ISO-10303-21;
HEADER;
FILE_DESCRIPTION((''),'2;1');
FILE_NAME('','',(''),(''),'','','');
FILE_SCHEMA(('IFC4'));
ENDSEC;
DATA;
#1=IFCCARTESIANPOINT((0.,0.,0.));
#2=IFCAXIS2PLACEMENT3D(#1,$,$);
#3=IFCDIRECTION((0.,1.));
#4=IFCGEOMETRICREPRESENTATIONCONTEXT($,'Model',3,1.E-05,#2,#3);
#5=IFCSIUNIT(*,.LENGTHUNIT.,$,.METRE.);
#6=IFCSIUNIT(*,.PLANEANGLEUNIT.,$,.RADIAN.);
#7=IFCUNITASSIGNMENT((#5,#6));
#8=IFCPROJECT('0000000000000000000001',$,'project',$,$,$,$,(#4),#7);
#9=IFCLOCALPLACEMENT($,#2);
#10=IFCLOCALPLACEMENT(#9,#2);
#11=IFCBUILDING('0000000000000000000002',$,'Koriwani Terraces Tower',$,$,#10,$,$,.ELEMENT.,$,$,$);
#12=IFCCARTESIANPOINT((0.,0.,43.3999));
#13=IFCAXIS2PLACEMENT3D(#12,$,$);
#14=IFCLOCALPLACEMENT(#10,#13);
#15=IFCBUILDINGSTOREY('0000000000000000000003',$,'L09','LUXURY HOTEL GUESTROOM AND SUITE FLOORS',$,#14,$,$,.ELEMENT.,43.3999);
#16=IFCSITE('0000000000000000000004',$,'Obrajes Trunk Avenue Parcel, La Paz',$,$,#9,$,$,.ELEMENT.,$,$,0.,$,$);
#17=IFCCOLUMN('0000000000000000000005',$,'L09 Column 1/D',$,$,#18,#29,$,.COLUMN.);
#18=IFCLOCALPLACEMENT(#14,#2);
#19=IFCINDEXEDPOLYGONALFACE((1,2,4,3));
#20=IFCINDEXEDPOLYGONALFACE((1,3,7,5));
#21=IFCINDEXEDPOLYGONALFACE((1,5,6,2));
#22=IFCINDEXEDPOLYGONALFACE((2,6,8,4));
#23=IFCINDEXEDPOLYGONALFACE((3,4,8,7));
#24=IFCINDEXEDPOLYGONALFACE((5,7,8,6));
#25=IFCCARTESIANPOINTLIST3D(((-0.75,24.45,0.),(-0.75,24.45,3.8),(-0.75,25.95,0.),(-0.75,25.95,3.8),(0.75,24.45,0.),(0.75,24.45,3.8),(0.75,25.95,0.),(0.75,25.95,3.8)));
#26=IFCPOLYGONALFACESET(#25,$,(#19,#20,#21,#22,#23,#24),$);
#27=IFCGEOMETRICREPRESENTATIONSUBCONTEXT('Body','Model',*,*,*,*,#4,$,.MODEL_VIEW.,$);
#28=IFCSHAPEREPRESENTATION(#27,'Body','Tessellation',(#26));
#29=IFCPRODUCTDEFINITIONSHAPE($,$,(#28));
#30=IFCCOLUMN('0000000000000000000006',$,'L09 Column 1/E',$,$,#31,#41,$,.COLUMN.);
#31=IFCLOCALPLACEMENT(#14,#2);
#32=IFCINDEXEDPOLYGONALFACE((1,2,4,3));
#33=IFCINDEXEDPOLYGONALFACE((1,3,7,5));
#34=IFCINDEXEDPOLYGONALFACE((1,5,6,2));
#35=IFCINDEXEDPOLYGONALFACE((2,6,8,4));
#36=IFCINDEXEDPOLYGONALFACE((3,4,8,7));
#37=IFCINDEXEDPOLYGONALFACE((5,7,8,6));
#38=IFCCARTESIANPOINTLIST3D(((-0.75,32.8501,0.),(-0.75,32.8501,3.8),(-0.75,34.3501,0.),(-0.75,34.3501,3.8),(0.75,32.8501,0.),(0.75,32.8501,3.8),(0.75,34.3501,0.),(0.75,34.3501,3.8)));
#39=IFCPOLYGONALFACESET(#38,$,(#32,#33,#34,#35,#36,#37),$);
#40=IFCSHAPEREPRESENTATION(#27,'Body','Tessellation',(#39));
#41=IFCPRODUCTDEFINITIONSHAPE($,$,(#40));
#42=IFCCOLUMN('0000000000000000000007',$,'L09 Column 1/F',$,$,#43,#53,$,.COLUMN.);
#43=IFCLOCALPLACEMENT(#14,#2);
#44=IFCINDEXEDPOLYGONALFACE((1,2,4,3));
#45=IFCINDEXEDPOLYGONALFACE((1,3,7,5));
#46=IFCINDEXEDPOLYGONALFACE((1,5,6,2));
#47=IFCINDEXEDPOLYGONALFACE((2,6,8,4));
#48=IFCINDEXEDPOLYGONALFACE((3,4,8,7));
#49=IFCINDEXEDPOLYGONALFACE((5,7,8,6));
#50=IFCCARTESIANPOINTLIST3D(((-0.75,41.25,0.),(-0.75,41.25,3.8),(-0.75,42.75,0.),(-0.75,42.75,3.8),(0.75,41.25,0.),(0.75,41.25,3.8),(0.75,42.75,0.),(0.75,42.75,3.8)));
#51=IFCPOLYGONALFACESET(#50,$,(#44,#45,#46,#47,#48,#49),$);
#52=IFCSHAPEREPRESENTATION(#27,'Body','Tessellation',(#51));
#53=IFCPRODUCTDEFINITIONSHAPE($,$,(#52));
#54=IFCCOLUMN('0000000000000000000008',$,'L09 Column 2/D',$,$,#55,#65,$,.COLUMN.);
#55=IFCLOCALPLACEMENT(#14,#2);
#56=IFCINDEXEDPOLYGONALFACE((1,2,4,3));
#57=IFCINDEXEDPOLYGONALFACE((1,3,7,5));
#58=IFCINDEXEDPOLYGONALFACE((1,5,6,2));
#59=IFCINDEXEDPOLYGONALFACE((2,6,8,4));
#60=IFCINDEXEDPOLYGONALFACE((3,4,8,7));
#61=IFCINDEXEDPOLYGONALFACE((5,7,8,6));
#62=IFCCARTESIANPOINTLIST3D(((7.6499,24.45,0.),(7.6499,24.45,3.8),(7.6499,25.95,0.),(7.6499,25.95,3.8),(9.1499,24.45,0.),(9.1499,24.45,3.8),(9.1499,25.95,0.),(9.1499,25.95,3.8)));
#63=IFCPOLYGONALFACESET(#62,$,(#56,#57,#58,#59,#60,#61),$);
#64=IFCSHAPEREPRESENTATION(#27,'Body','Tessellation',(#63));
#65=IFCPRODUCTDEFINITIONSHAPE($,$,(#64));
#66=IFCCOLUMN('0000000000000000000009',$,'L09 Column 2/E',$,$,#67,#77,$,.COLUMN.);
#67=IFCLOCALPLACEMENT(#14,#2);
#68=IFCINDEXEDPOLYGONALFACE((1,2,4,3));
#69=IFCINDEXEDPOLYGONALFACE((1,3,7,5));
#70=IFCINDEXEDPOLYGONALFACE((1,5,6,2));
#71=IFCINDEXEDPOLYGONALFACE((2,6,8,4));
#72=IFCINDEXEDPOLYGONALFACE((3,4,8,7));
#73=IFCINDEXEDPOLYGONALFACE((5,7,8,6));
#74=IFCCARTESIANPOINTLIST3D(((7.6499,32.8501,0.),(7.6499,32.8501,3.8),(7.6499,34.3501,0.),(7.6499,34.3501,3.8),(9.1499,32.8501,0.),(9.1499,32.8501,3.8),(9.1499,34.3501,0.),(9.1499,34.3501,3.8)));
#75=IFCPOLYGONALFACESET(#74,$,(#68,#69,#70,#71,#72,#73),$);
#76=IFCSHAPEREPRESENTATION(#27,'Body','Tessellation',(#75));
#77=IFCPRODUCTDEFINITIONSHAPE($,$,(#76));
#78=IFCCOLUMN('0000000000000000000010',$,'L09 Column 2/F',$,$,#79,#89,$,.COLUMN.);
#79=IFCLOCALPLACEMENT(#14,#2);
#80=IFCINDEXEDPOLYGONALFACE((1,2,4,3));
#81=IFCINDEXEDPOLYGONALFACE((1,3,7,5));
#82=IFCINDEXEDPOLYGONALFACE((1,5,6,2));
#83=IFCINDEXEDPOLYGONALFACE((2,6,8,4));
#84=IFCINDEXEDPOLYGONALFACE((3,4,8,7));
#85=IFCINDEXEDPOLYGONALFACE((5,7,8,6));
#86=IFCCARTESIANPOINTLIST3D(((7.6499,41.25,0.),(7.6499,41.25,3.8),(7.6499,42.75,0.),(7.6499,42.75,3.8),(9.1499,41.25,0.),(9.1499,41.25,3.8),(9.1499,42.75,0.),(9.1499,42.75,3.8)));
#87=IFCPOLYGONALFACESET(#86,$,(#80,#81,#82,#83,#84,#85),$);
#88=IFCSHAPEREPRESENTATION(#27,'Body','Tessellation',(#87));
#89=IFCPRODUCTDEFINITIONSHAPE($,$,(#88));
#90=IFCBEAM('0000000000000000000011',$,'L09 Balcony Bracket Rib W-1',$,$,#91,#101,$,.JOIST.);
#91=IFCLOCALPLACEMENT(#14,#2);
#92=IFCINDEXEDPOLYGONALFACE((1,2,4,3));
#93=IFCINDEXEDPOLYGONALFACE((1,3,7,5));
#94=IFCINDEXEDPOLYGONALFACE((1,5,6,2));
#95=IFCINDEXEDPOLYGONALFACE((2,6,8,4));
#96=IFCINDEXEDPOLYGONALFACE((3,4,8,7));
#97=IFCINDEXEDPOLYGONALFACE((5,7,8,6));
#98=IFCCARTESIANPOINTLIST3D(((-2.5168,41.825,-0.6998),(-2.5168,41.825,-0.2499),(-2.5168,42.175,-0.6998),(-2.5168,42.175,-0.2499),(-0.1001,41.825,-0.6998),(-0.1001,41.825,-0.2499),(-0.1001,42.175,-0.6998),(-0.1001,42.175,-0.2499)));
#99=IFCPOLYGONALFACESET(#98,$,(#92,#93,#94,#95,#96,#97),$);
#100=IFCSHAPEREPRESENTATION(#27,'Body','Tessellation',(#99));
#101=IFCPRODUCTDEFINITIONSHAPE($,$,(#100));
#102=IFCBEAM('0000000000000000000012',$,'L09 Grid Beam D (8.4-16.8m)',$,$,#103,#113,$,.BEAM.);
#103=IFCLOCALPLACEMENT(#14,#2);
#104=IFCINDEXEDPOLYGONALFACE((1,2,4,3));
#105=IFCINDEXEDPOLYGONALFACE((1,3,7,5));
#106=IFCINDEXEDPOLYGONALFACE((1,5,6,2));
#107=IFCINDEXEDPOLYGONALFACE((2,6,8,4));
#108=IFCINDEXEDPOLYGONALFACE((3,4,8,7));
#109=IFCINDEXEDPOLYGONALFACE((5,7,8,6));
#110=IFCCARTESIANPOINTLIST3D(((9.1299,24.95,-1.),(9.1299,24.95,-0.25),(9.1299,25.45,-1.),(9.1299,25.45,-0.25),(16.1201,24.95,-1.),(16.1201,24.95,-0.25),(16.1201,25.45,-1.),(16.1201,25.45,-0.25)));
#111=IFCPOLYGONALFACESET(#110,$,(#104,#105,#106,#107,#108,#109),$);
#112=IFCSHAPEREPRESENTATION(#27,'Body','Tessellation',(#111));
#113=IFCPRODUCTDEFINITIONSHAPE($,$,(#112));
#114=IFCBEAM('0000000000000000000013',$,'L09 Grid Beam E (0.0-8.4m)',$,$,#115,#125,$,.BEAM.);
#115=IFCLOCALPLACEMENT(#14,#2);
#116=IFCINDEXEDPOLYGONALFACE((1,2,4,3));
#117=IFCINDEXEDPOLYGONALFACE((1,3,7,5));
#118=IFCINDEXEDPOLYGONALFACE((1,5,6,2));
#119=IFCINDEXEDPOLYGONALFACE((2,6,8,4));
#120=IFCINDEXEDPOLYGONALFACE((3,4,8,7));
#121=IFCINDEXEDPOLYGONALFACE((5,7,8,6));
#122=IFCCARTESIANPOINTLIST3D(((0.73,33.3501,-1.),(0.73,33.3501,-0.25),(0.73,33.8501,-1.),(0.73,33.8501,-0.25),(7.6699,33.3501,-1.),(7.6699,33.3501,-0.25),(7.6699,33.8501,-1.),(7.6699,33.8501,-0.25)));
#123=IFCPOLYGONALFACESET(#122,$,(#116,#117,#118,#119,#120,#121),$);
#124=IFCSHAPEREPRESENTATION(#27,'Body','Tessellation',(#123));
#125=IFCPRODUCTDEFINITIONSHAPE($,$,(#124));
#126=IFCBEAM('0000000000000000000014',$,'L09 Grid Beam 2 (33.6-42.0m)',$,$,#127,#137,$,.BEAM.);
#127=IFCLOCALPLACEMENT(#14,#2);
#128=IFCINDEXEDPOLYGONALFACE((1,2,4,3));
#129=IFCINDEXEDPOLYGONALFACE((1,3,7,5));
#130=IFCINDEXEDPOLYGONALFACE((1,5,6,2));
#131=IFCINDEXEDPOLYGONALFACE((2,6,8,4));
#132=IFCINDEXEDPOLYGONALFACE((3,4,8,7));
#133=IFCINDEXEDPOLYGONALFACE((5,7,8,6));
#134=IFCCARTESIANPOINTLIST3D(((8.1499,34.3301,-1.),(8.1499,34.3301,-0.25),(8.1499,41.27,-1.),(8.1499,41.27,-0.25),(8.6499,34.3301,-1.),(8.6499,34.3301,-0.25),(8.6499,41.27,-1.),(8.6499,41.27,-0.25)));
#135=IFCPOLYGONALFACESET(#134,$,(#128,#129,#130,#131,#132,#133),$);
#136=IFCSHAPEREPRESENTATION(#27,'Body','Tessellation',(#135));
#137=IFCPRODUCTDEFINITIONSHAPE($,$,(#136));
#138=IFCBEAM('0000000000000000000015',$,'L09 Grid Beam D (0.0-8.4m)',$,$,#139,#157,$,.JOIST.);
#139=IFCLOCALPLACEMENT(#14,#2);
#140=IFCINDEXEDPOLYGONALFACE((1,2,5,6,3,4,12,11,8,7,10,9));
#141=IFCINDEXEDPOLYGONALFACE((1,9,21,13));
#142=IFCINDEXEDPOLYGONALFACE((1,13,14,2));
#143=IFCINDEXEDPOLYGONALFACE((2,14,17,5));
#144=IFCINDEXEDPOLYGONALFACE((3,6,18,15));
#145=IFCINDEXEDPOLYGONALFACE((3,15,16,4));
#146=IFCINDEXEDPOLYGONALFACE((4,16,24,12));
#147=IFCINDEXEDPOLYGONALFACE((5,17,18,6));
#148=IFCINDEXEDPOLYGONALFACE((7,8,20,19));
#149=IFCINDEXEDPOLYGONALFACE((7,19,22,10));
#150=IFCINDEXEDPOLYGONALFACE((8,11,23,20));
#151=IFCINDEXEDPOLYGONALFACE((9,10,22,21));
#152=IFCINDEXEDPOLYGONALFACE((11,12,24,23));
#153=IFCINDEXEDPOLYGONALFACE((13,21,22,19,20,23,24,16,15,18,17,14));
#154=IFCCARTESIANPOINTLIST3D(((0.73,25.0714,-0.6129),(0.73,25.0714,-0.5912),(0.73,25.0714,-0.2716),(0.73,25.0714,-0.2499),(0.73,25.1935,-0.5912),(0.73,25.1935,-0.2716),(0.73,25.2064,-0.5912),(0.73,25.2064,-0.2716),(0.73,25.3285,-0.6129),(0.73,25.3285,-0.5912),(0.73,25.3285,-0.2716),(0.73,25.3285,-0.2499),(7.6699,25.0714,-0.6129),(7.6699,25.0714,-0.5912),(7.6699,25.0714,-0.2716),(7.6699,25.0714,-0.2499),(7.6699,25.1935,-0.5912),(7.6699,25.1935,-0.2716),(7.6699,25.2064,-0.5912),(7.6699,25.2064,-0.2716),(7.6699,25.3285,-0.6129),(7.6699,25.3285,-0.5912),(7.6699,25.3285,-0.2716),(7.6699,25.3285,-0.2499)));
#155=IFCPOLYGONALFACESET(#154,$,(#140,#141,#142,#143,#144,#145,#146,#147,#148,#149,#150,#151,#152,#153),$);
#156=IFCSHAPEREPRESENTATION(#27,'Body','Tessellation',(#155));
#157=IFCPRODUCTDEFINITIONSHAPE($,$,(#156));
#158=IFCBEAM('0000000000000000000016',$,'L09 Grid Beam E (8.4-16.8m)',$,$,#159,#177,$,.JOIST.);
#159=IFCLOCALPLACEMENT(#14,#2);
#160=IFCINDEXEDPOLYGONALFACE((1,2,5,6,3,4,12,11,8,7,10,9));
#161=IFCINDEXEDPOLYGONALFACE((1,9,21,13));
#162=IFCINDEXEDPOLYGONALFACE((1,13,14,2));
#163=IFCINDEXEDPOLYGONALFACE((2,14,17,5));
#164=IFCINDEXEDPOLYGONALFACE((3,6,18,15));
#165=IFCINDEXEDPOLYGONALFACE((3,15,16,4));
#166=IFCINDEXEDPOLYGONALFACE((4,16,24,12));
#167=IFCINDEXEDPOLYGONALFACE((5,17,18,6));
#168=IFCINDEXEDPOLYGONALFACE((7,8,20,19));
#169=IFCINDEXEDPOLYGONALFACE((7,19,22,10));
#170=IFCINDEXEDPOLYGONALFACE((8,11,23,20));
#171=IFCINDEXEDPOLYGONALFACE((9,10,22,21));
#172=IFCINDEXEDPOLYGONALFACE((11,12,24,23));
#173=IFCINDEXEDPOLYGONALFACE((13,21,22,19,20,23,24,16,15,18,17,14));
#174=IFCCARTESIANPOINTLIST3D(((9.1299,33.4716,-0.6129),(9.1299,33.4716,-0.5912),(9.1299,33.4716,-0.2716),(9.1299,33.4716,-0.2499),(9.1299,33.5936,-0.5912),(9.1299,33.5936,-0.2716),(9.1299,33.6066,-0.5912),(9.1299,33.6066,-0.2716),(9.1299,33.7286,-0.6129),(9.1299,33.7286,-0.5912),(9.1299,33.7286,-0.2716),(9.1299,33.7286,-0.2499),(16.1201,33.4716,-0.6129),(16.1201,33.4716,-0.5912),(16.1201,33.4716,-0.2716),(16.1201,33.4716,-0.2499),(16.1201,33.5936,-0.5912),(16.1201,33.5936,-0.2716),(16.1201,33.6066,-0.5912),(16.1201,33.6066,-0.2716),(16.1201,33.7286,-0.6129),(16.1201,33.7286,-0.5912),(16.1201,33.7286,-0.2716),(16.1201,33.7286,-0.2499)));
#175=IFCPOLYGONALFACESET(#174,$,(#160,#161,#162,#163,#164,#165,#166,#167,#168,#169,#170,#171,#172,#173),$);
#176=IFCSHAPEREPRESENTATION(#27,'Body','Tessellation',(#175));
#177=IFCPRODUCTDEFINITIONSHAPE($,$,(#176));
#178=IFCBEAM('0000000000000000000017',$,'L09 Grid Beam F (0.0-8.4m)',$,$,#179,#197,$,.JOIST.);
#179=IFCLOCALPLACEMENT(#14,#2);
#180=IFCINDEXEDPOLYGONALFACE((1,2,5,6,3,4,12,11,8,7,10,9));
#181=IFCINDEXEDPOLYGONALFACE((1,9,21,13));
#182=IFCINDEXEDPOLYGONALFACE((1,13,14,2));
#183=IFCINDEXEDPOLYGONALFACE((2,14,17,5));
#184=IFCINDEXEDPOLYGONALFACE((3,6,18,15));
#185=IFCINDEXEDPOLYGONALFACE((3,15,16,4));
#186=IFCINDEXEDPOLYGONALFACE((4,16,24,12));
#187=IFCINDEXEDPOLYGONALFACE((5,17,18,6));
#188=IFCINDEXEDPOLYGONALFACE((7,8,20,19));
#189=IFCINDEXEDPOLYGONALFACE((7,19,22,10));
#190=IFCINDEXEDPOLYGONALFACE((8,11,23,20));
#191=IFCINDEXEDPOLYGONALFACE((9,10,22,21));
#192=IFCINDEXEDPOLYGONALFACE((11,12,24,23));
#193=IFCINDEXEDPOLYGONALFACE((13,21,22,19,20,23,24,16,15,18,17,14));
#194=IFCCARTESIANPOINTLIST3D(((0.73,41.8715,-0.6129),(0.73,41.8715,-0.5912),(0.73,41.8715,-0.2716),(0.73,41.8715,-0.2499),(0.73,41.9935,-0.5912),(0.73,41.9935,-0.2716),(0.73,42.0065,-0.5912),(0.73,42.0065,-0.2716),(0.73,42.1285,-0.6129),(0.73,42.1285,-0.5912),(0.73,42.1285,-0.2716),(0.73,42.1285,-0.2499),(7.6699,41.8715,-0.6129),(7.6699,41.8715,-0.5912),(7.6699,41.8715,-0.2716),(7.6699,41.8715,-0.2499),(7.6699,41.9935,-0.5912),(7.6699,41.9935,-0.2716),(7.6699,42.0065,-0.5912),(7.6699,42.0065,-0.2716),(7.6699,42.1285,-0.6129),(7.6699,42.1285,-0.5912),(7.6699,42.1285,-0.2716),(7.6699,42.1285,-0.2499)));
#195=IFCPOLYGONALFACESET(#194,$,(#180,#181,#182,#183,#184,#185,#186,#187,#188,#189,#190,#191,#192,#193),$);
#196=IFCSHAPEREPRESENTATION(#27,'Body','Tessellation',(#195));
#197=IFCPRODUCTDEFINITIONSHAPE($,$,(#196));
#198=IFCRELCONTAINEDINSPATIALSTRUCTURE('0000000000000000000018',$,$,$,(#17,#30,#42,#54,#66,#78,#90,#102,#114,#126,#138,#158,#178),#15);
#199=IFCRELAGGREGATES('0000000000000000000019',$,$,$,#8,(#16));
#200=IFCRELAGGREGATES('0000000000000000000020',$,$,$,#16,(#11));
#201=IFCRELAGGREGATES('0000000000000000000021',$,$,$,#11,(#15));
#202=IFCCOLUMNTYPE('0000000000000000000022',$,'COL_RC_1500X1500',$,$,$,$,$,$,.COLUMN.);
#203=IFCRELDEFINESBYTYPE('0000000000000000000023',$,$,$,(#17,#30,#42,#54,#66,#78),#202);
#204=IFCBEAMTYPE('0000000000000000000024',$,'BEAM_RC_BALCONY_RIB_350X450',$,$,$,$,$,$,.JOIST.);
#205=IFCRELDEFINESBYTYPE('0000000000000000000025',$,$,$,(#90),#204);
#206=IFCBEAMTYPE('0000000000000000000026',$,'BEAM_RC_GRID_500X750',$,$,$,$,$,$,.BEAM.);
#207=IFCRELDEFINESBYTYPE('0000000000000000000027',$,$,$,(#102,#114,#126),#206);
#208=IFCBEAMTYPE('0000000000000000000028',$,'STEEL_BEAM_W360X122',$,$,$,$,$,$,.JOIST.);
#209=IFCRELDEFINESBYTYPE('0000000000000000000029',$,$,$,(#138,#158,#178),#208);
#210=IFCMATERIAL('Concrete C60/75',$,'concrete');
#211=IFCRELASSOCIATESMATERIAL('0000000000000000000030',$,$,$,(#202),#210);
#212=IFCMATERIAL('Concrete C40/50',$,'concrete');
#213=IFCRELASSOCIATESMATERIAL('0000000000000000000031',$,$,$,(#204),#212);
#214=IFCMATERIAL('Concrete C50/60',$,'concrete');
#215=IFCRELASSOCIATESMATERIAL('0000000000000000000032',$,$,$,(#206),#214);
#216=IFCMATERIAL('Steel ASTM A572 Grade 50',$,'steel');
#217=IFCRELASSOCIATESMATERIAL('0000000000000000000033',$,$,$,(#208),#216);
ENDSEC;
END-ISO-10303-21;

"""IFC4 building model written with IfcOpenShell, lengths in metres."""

from ifc_helpers import new_model, si_unit, direction, frame, origin, origin_2d, place, context, subcontext, project, spatial, rectangle, i_section, extrude, material, material_profile, profile_set, type_object, element, save


model = new_model("IFC4")

# Units and contexts
model_context = context("Model", 3, precision=1e-05, world=origin(), true_north=direction((0.0, 1.0)))
body_context = subcontext(model_context, "Body", "Model", "MODEL_VIEW")
ifc_project = project(units=[si_unit("LENGTHUNIT", "METRE"), si_unit("PLANEANGLEUNIT", "RADIAN")], contexts=[model_context])

# Site, building, storey
site_placement = place(None, origin())
site = spatial("IfcSite", under=ifc_project, at=site_placement, Name="Obrajes Trunk Avenue Parcel, La Paz", CompositionType="ELEMENT", RefElevation=0.0)
building_placement = place(site_placement, origin())
building = spatial("IfcBuilding", under=site, at=building_placement, Name="Koriwani Terraces Tower", CompositionType="ELEMENT")
storey_placement = place(building_placement, frame((0.0, 0.0, 43.3999)))
storey = spatial("IfcBuildingStorey", under=building, at=storey_placement, Name="L09", Description="LUXURY HOTEL GUESTROOM AND SUITE FLOORS", CompositionType="ELEMENT", Elevation=43.3999)

# Columns
ifc_material_1 = material(Name="Concrete C60/75", Category="concrete")
ifc_material_profile_1 = material_profile(ifc_material_1, rectangle(XDim=1.5, YDim=1.5, at=origin_2d()), Name="Concrete C60/75", Category="LoadBearing")
ifc_profile_set_1 = profile_set([ifc_material_profile_1], Name="Concrete C60/75")
column_type = type_object("IfcColumnType", Name="COL_RC_1500X1500", PredefinedType="COLUMN", material=ifc_profile_set_1)
for number, where, z_axis, x_axis, name in (
    (1, (0.0, 25.2, 0.0), (0.0, 0.0, 1.0), (1.0, 0.0, 0.0), "L09 Column 1/D"),
    (2, (0.0, 33.6001, 0.0), (0.0, 0.0, 1.0), (1.0, 0.0, 0.0), "L09 Column 1/E"),
    (3, (0.0, 42.0, 0.0), (0.0, 0.0, 1.0), (1.0, 0.0, 0.0), "L09 Column 1/F"),
    (4, (8.3999, 25.2, 0.0), (0.0, 0.0, 1.0), (1.0, 0.0, 0.0), "L09 Column 2/D"),
    (5, (8.3999, 33.6001, 0.0), (0.0, 0.0, 1.0), (1.0, 0.0, 0.0), "L09 Column 2/E"),
    (6, (8.3999, 42.0, 0.0), (0.0, 0.0, 1.0), (1.0, 0.0, 0.0), "L09 Column 2/F"),
):
    element("IfcColumn", number, at=place(storey_placement, frame(where, z_axis=z_axis, x_axis=x_axis)), inside=storey, type_object=column_type, Name=name, PredefinedType="COLUMN", context=body_context, shape_type="SweptSolid", body=[
        extrude(rectangle(XDim=1.5, YDim=1.5, at=origin_2d()), origin(), (0.0, 0.0, 1.0), 3.8),
    ])

# Beams
ifc_material_2 = material(Name="Concrete C40/50", Category="concrete")
ifc_material_profile_2 = material_profile(ifc_material_2, rectangle(XDim=0.3501, YDim=0.45, at=origin_2d()), Name="Concrete C40/50", Category="LoadBearing")
ifc_profile_set_2 = profile_set([ifc_material_profile_2], Name="Concrete C40/50")
beam_type_1 = type_object("IfcBeamType", Name="BEAM_RC_BALCONY_RIB_350X450", PredefinedType="JOIST", material=ifc_profile_set_2)
beam_1_placement = place(storey_placement, frame((-2.5168, 42.0, -0.4749), z_axis=(1.0, 0.0, 0.0), x_axis=(0.0, 1.0, 0.0)))
element("IfcBeam", 7, at=beam_1_placement, inside=storey, type_object=beam_type_1, Name="L09 Balcony Bracket Rib W-1", PredefinedType="JOIST", context=body_context, shape_type="SweptSolid", body=[
    extrude(rectangle(XDim=0.3501, YDim=0.45, at=origin_2d()), origin(), (0.0, 0.0, 1.0), 2.4167),
])
ifc_material_3 = material(Name="Concrete C50/60", Category="concrete")
ifc_material_profile_3 = material_profile(ifc_material_3, rectangle(XDim=0.5, YDim=0.75, at=origin_2d()), Name="Concrete C50/60", Category="LoadBearing")
ifc_profile_set_3 = profile_set([ifc_material_profile_3], Name="Concrete C50/60")
beam_type_2 = type_object("IfcBeamType", Name="BEAM_RC_GRID_500X750", PredefinedType="BEAM", material=ifc_profile_set_3)
beam_2_placement = place(storey_placement, frame((9.1299, 25.2, -0.625), z_axis=(1.0, 0.0, 0.0), x_axis=(0.0, 1.0, 0.0)))
element("IfcBeam", 8, at=beam_2_placement, inside=storey, type_object=beam_type_2, Name="L09 Grid Beam D (8.4-16.8m)", PredefinedType="BEAM", context=body_context, shape_type="SweptSolid", body=[
    extrude(rectangle(XDim=0.5, YDim=0.75, at=origin_2d()), origin(), (0.0, 0.0, 1.0), 6.9902),
])
for number, where, z_axis, x_axis, name in (
    (9, (0.73, 33.6001, -0.625), (1.0, 0.0, 0.0), (0.0, 1.0, 0.0), "L09 Grid Beam E (0.0-8.4m)"),
    (10, (8.3999, 34.3301, -0.625), (0.0, 1.0, 0.0), (-1.0, 0.0, 0.0), "L09 Grid Beam 2 (33.6-42.0m)"),
):
    element("IfcBeam", number, at=place(storey_placement, frame(where, z_axis=z_axis, x_axis=x_axis)), inside=storey, type_object=beam_type_2, Name=name, PredefinedType="BEAM", context=body_context, shape_type="SweptSolid", body=[
        extrude(rectangle(XDim=0.5, YDim=0.75, at=origin_2d()), origin(), (0.0, 0.0, 1.0), 6.9399),
    ])
ifc_material_4 = material(Name="Steel ASTM A572 Grade 50", Category="steel")
ifc_material_profile_4 = material_profile(ifc_material_4, i_section(OverallWidth=0.2571, OverallDepth=0.363, WebThickness=0.0129, FlangeThickness=0.0217, at=origin_2d()), Name="Steel ASTM A572 Grade 50", Category="LoadBearing")
ifc_profile_set_4 = profile_set([ifc_material_profile_4], Name="Steel ASTM A572 Grade 50")
beam_type_3 = type_object("IfcBeamType", Name="STEEL_BEAM_W360X122", PredefinedType="JOIST", material=ifc_profile_set_4)
beam_3_placement = place(storey_placement, frame((0.73, 25.2, -0.4314), z_axis=(1.0, 0.0, 0.0), x_axis=(0.0, 1.0, 0.0)))
element("IfcBeam", 11, at=beam_3_placement, inside=storey, type_object=beam_type_3, Name="L09 Grid Beam D (0.0-8.4m)", PredefinedType="JOIST", context=body_context, shape_type="SweptSolid", body=[
    extrude(i_section(OverallWidth=0.2571, OverallDepth=0.363, WebThickness=0.0129, FlangeThickness=0.0217, at=origin_2d()), origin(), (0.0, 0.0, 1.0), 6.9399),
])
beam_4_placement = place(storey_placement, frame((9.1299, 33.6001, -0.4314), z_axis=(1.0, 0.0, 0.0), x_axis=(0.0, 1.0, 0.0)))
element("IfcBeam", 12, at=beam_4_placement, inside=storey, type_object=beam_type_3, Name="L09 Grid Beam E (8.4-16.8m)", PredefinedType="JOIST", context=body_context, shape_type="SweptSolid", body=[
    extrude(i_section(OverallWidth=0.2571, OverallDepth=0.363, WebThickness=0.0129, FlangeThickness=0.0217, at=origin_2d()), origin(), (0.0, 0.0, 1.0), 6.9902),
])
beam_5_placement = place(storey_placement, frame((0.73, 42.0, -0.4314), z_axis=(1.0, 0.0, 0.0), x_axis=(0.0, 1.0, 0.0)))
element("IfcBeam", 13, at=beam_5_placement, inside=storey, type_object=beam_type_3, Name="L09 Grid Beam F (0.0-8.4m)", PredefinedType="JOIST", context=body_context, shape_type="SweptSolid", body=[
    extrude(i_section(OverallWidth=0.2571, OverallDepth=0.363, WebThickness=0.0129, FlangeThickness=0.0217, at=origin_2d()), origin(), (0.0, 0.0, 1.0), 6.9399),
])

save(model, "model.ifc")
